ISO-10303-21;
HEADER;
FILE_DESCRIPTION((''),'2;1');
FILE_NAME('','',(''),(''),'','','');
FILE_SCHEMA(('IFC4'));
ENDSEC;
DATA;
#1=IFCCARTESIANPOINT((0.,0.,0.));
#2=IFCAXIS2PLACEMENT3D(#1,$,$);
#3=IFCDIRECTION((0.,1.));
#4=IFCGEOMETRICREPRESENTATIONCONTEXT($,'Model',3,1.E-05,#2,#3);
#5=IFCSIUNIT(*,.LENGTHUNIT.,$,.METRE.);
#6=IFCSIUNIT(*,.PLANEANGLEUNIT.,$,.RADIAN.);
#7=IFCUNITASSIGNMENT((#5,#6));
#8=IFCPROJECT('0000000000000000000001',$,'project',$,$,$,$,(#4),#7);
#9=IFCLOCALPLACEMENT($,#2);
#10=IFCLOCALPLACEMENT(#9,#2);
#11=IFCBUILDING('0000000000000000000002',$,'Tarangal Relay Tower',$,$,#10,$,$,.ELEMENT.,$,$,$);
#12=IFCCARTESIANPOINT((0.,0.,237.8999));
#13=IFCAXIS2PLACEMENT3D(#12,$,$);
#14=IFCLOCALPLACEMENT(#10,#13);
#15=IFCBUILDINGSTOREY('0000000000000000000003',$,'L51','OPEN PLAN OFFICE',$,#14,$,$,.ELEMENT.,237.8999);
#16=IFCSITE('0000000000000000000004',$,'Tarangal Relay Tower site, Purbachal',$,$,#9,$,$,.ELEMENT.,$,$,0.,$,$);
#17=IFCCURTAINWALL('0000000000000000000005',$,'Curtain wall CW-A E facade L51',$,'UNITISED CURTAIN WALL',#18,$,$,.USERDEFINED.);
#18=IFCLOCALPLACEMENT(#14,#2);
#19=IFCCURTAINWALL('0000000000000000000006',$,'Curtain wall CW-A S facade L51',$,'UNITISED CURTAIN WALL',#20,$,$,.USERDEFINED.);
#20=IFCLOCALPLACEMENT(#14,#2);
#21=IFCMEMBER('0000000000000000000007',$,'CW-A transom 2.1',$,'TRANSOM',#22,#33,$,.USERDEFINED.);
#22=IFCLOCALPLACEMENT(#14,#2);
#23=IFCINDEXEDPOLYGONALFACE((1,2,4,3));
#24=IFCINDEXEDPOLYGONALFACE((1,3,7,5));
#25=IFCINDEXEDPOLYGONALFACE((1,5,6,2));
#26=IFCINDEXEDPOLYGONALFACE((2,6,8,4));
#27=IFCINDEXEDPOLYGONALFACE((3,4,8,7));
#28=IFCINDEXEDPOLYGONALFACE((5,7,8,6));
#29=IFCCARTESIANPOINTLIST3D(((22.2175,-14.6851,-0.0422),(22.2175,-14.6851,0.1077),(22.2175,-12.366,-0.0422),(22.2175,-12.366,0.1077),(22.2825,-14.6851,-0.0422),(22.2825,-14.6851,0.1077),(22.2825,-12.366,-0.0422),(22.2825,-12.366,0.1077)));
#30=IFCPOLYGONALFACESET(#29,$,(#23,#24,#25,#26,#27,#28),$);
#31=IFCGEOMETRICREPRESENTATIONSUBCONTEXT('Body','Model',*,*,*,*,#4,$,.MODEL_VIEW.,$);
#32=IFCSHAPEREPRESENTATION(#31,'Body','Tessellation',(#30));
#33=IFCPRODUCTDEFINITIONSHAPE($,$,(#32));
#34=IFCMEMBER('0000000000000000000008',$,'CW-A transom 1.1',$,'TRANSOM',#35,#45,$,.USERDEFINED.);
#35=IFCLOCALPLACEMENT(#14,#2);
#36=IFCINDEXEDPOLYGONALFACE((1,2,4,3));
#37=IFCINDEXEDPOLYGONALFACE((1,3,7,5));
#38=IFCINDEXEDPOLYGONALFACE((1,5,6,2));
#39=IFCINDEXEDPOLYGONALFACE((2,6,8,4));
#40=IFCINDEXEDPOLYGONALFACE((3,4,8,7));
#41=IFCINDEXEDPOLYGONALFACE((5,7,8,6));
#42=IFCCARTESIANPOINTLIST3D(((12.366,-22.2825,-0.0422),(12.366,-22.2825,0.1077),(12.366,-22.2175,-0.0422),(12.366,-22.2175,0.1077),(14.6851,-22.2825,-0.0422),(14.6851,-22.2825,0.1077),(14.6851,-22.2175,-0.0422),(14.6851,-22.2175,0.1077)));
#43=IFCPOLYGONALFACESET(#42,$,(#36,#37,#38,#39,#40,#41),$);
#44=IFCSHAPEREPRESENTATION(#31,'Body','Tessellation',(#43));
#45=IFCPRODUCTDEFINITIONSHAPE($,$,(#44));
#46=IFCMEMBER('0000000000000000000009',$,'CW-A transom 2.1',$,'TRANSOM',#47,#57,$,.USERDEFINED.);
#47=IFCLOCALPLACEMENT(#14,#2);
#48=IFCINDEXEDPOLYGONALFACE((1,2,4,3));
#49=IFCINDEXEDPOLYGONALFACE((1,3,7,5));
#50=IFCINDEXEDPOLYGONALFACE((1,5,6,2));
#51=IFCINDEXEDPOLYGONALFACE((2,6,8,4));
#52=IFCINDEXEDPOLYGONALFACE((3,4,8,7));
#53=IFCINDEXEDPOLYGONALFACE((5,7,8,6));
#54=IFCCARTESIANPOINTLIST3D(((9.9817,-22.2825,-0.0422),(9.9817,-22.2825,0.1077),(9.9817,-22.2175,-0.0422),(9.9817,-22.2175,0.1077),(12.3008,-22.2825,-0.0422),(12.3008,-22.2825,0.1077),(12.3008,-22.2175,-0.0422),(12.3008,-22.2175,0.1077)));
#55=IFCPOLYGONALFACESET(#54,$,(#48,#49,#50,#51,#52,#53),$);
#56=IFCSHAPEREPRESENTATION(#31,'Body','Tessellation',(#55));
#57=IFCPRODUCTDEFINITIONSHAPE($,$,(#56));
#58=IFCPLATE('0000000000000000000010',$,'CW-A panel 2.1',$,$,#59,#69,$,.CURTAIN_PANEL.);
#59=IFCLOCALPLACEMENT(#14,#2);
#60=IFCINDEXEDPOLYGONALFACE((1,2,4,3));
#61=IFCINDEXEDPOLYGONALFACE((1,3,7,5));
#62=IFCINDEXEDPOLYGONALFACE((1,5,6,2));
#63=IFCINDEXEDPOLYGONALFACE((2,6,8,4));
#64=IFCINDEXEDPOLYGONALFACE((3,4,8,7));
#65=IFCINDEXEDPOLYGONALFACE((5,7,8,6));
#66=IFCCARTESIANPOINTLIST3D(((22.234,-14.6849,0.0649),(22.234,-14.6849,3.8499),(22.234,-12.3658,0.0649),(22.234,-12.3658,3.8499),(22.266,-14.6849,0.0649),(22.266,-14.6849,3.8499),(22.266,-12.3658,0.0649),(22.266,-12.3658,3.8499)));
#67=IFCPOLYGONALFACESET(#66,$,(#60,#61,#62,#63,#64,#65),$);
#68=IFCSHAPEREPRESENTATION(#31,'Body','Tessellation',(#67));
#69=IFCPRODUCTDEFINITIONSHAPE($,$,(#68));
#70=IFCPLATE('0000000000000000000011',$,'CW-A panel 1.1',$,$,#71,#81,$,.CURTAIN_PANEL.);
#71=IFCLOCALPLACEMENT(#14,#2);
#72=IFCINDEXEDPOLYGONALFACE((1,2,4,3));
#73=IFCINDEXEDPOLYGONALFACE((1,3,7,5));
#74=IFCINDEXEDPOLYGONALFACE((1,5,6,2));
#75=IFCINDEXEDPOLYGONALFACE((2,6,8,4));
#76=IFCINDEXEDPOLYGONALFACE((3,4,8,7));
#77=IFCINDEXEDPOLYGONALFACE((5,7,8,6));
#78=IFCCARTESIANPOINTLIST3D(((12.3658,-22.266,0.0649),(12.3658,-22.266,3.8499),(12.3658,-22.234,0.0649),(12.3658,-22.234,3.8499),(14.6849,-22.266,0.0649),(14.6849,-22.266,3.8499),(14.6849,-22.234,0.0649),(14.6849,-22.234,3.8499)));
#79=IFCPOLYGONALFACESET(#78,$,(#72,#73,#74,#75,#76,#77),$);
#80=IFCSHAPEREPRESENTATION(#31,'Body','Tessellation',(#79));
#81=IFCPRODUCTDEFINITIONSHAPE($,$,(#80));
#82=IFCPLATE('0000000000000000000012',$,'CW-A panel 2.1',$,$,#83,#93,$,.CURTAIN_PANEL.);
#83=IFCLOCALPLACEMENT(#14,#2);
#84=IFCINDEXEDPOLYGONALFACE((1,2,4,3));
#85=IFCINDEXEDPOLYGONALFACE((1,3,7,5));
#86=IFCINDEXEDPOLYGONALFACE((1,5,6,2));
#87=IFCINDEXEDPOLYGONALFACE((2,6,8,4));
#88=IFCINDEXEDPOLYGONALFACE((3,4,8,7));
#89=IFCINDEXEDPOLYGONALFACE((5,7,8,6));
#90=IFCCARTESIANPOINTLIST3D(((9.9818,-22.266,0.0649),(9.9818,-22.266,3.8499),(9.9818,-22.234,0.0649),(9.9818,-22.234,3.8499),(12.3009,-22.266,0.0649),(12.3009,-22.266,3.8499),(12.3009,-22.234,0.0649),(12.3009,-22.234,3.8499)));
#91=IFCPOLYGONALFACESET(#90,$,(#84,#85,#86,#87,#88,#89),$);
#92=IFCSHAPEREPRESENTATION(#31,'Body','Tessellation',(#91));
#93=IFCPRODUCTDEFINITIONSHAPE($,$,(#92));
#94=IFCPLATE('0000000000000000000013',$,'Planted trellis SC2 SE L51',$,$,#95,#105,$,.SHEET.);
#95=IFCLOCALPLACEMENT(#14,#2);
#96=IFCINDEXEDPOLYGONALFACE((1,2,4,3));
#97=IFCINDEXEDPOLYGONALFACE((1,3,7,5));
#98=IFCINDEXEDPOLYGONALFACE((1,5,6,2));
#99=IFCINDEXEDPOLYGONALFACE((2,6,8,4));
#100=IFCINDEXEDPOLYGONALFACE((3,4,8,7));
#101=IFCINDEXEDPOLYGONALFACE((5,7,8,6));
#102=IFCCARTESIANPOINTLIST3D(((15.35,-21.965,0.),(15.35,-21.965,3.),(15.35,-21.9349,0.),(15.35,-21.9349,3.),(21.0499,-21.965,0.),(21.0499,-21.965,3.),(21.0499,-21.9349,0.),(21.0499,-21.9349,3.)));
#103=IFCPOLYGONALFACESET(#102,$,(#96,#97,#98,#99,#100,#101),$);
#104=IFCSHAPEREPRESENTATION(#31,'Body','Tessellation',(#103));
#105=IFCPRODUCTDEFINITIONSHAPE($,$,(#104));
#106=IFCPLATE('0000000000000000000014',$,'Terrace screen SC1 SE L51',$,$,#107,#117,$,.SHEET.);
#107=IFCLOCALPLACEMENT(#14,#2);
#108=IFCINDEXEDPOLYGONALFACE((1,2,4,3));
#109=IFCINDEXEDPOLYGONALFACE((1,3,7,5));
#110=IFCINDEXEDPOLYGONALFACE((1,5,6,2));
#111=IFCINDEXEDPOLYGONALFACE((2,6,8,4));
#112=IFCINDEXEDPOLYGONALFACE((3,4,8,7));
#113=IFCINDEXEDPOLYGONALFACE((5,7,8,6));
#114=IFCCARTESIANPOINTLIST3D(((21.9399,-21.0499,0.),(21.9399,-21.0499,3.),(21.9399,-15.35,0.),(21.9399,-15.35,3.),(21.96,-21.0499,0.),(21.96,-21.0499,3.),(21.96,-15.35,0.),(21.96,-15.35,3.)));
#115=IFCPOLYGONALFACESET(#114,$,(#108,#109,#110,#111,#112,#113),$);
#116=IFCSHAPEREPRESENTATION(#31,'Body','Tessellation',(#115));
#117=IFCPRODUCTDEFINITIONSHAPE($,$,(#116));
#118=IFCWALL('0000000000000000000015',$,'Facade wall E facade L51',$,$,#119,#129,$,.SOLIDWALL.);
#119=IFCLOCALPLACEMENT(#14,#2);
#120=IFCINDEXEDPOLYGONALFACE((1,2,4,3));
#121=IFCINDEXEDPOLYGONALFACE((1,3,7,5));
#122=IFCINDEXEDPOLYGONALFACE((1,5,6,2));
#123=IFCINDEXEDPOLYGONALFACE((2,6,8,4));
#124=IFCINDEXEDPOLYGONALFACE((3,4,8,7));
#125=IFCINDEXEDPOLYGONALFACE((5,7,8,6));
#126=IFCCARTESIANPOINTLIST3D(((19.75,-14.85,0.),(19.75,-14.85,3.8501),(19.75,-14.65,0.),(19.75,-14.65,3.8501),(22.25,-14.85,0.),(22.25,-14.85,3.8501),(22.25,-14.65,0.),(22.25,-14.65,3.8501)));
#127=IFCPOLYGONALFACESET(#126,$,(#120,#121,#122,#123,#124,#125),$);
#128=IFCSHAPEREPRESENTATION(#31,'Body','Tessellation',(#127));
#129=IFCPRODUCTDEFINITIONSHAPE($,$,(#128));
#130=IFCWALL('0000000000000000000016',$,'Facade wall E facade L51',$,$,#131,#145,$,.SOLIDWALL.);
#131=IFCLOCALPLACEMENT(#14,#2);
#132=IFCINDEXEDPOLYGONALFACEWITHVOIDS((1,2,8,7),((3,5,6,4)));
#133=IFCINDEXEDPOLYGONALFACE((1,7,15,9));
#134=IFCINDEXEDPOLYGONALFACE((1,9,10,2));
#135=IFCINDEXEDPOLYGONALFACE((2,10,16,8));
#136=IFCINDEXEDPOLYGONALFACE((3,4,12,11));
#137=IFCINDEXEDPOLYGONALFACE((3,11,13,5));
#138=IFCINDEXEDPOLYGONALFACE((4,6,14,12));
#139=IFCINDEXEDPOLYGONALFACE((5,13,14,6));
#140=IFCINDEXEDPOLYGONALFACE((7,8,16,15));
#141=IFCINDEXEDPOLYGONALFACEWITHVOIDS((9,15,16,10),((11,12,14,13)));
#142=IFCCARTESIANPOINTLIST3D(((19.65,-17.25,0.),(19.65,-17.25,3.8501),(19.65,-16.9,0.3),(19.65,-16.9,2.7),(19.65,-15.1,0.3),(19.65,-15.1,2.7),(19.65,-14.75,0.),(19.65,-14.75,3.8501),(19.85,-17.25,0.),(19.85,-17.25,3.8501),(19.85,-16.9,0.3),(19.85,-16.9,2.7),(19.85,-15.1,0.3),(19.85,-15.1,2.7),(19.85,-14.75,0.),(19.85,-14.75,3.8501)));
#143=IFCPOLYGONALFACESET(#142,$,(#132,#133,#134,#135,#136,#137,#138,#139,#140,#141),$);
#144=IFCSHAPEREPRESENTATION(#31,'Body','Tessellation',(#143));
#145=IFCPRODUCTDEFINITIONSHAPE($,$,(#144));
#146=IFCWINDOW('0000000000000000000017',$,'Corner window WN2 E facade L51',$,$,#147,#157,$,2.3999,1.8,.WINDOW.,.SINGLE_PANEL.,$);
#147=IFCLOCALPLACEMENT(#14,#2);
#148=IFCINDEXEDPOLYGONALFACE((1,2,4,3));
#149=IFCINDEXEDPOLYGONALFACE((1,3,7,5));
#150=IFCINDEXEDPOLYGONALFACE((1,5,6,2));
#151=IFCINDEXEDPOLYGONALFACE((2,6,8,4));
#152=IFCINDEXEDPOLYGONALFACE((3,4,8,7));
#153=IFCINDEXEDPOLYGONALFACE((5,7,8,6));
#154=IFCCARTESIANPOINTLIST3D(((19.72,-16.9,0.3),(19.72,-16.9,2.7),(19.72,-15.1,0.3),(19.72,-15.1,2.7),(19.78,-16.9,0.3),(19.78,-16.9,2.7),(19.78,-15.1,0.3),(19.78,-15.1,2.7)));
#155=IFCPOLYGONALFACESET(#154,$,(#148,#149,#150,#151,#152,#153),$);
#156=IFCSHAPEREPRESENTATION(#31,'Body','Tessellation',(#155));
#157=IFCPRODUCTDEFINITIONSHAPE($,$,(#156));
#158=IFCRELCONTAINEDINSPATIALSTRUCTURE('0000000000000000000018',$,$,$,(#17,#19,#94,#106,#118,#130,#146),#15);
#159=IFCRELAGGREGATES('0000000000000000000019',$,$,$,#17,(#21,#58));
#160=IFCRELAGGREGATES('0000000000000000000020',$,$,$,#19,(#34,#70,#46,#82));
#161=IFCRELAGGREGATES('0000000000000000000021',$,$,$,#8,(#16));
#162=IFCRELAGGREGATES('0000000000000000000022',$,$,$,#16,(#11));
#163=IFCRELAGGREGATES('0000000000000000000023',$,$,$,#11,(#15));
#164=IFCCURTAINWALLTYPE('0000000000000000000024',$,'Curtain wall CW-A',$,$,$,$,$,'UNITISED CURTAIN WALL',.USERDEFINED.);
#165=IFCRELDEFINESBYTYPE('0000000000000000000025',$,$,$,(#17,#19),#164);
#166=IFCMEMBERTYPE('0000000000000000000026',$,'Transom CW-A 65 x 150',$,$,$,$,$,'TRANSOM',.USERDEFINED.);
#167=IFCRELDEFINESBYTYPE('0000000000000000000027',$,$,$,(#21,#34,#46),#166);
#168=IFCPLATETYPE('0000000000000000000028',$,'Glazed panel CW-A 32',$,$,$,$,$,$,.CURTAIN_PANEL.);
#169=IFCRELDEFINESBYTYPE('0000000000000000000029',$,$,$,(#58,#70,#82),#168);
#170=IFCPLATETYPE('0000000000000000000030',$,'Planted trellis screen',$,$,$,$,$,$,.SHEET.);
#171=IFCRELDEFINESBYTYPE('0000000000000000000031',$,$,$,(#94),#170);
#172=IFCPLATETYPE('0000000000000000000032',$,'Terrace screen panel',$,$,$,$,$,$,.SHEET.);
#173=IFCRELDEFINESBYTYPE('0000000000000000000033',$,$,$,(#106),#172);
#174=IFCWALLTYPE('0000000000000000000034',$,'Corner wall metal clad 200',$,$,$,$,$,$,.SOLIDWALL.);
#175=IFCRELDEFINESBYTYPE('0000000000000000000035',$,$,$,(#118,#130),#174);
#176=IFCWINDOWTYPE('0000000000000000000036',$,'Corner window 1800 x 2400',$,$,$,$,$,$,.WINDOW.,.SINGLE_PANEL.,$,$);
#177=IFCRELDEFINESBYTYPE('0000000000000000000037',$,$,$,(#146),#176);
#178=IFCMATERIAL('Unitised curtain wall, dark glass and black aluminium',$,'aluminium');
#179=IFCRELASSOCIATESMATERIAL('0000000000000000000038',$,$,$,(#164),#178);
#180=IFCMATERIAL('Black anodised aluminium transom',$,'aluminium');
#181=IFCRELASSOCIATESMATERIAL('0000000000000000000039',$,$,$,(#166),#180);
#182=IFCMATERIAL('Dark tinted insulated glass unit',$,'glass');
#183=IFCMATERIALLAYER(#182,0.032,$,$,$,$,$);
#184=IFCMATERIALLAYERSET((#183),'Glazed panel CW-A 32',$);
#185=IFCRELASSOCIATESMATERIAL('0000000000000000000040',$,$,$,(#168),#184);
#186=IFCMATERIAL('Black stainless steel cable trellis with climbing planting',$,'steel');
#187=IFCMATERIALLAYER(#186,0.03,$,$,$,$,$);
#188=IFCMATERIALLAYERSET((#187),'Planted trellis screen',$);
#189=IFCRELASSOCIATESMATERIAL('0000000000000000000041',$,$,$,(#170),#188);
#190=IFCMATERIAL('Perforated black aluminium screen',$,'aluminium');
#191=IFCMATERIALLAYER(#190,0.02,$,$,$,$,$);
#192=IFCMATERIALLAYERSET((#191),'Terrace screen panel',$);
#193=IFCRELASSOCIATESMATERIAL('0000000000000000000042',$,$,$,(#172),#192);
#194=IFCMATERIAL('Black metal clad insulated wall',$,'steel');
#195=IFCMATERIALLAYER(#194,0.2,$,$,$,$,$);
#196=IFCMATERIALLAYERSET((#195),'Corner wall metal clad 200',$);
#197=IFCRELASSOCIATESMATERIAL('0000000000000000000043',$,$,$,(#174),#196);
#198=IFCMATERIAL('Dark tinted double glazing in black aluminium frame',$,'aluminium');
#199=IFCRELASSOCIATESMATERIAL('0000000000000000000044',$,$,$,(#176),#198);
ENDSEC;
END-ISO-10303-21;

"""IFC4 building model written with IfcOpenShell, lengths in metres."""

from ifc_helpers import new_model, si_unit, direction, frame, frame_2d, origin, origin_2d, place, context, subcontext, project, spatial, rectangle, extrude, material, layer, layer_set, material_profile, profile_set, type_object, element, fill, aggregate, save


model = new_model("IFC4")

# Units and contexts
model_context = context("Model", 3, precision=1e-05, world=origin(), true_north=direction((0.0, 1.0)))
body_context = subcontext(model_context, "Body", "Model", "MODEL_VIEW")
ifc_project = project(units=[si_unit("LENGTHUNIT", "METRE"), si_unit("PLANEANGLEUNIT", "RADIAN")], contexts=[model_context])

# Site, building, storey
site_placement = place(None, origin())
site = spatial("IfcSite", under=ifc_project, at=site_placement, Name="Tarangal Relay Tower site, Purbachal", CompositionType="ELEMENT", RefElevation=0.0)
building_placement = place(site_placement, origin())
building = spatial("IfcBuilding", under=site, at=building_placement, Name="Tarangal Relay Tower", CompositionType="ELEMENT")
storey_placement = place(building_placement, frame((0.0, 0.0, 237.8999)))
storey = spatial("IfcBuildingStorey", under=building, at=storey_placement, Name="L51", Description="OPEN PLAN OFFICE", CompositionType="ELEMENT", Elevation=237.8999)

# Curtain walls
ifc_material_1 = material(Name="Unitised curtain wall, dark glass and black aluminium", Category="aluminium")
curtain_wall_type = type_object("IfcCurtainWallType", Name="Curtain wall CW-A", ElementType="UNITISED CURTAIN WALL", PredefinedType="USERDEFINED", material=ifc_material_1)
curtain_wall_1_placement = place(storey_placement, origin())
curtain_wall_1 = element("IfcCurtainWall", 1, at=curtain_wall_1_placement, inside=storey, type_object=curtain_wall_type, Name="Curtain wall CW-A E facade L51", ObjectType="UNITISED CURTAIN WALL", PredefinedType="USERDEFINED")
curtain_wall_2_placement = place(storey_placement, origin())
curtain_wall_2 = element("IfcCurtainWall", 2, at=curtain_wall_2_placement, inside=storey, type_object=curtain_wall_type, Name="Curtain wall CW-A S facade L51", ObjectType="UNITISED CURTAIN WALL", PredefinedType="USERDEFINED")

# Members
ifc_material_2 = material(Name="Black anodised aluminium transom", Category="aluminium")
ifc_material_profile_1 = material_profile(ifc_material_2, rectangle(XDim=0.0649, YDim=0.1499, at=origin_2d()), Name="CW-AT 65X150")
ifc_profile_set_1 = profile_set([ifc_material_profile_1], Name="Black anodised aluminium transom")
member_type_1 = type_object("IfcMemberType", Name="Transom CW-A 65 x 150", ElementType="TRANSOM", PredefinedType="USERDEFINED", material=ifc_profile_set_1)
member_1_placement = place(storey_placement, frame((22.25, -12.366, 0.0327), z_axis=(0.0, -1.0, 0.0), x_axis=(1.0, 0.0, 0.0)))
member_1 = element("IfcMember", 3, at=member_1_placement, type_object=member_type_1, Name="CW-A transom 2.1", ObjectType="TRANSOM", PredefinedType="USERDEFINED", context=body_context, shape_type="SweptSolid", body=[
    extrude(rectangle(XDim=0.0649, YDim=0.1499, at=origin_2d()), origin(), (0.0, 0.0, 1.0), 2.3191),
])
member_2_placement = place(storey_placement, frame((14.6851, -22.25, 0.0327), z_axis=(-1.0, 0.0, 0.0), x_axis=(0.0, -1.0, 0.0)))
member_2 = element("IfcMember", 4, at=member_2_placement, type_object=member_type_1, Name="CW-A transom 1.1", ObjectType="TRANSOM", PredefinedType="USERDEFINED", context=body_context, shape_type="SweptSolid", body=[
    extrude(rectangle(XDim=0.0649, YDim=0.1499, at=origin_2d()), origin(), (0.0, 0.0, 1.0), 2.3191),
])
member_3_placement = place(storey_placement, frame((12.3008, -22.25, 0.0327), z_axis=(-1.0, 0.0, 0.0), x_axis=(0.0, -1.0, 0.0)))
member_3 = element("IfcMember", 5, at=member_3_placement, type_object=member_type_1, Name="CW-A transom 2.1", ObjectType="TRANSOM", PredefinedType="USERDEFINED", context=body_context, shape_type="SweptSolid", body=[
    extrude(rectangle(XDim=0.0649, YDim=0.1499, at=origin_2d()), origin(), (0.0, 0.0, 1.0), 2.3191),
])

# Plates
ifc_material_3 = material(Name="Dark tinted insulated glass unit", Category="glass")
ifc_layer_1 = layer(ifc_material_3, 0.032)
ifc_layer_set_1 = layer_set([ifc_layer_1], Name="Glazed panel CW-A 32")
plate_type_1 = type_object("IfcPlateType", Name="Glazed panel CW-A 32", PredefinedType="CURTAIN_PANEL", material=ifc_layer_set_1)
plate_1_placement = place(storey_placement, frame((22.25, -13.5254, 0.0649), z_axis=(0.0, 0.0, 1.0), x_axis=(0.0, -1.0, 0.0)))
plate_1 = element("IfcPlate", 6, at=plate_1_placement, type_object=plate_type_1, Name="CW-A panel 2.1", PredefinedType="CURTAIN_PANEL", context=body_context, shape_type="SweptSolid", body=[
    extrude(rectangle(XDim=2.3191, YDim=0.032, at=origin_2d()), origin(), (0.0, 0.0, 1.0), 3.7849),
])
aggregate(curtain_wall_1, [member_1, plate_1])
plate_2_placement = place(storey_placement, frame((13.5254, -22.25, 0.0649), z_axis=(0.0, 0.0, 1.0), x_axis=(-1.0, 0.0, 0.0)))
plate_2 = element("IfcPlate", 7, at=plate_2_placement, type_object=plate_type_1, Name="CW-A panel 1.1", PredefinedType="CURTAIN_PANEL", context=body_context, shape_type="SweptSolid", body=[
    extrude(rectangle(XDim=2.3191, YDim=0.032, at=origin_2d()), origin(), (0.0, 0.0, 1.0), 3.7849),
])
plate_3_placement = place(storey_placement, frame((11.1414, -22.25, 0.0649), z_axis=(0.0, 0.0, 1.0), x_axis=(-1.0, 0.0, 0.0)))
plate_3 = element("IfcPlate", 8, at=plate_3_placement, type_object=plate_type_1, Name="CW-A panel 2.1", PredefinedType="CURTAIN_PANEL", context=body_context, shape_type="SweptSolid", body=[
    extrude(rectangle(XDim=2.3191, YDim=0.032, at=origin_2d()), origin(), (0.0, 0.0, 1.0), 3.7849),
])
aggregate(curtain_wall_2, [member_2, plate_2, member_3, plate_3])

# Plates
ifc_material_4 = material(Name="Black stainless steel cable trellis with climbing planting", Category="steel")
ifc_layer_2 = layer(ifc_material_4, 0.03)
ifc_layer_set_2 = layer_set([ifc_layer_2], Name="Planted trellis screen")
plate_type_2 = type_object("IfcPlateType", Name="Planted trellis screen", PredefinedType="SHEET", material=ifc_layer_set_2)
plate_4_placement = place(storey_placement, frame((18.2, -21.95, 0.0), z_axis=(0.0, 0.0, 1.0), x_axis=(-1.0, 0.0, 0.0)))
element("IfcPlate", 9, at=plate_4_placement, inside=storey, type_object=plate_type_2, Name="Planted trellis SC2 SE L51", PredefinedType="SHEET", context=body_context, shape_type="SweptSolid", body=[
    extrude(rectangle(XDim=5.7, YDim=0.03, at=origin_2d()), origin(), (0.0, 0.0, 1.0), 3.0),
])
ifc_material_5 = material(Name="Perforated black aluminium screen", Category="aluminium")
ifc_layer_3 = layer(ifc_material_5, 0.02)
ifc_layer_set_3 = layer_set([ifc_layer_3], Name="Terrace screen panel")
plate_type_3 = type_object("IfcPlateType", Name="Terrace screen panel", PredefinedType="SHEET", material=ifc_layer_set_3)
plate_5_placement = place(storey_placement, frame((21.95, -18.2, 0.0), z_axis=(0.0, 0.0, 1.0), x_axis=(0.0, -1.0, 0.0)))
element("IfcPlate", 10, at=plate_5_placement, inside=storey, type_object=plate_type_3, Name="Terrace screen SC1 SE L51", PredefinedType="SHEET", context=body_context, shape_type="SweptSolid", body=[
    extrude(rectangle(XDim=5.7, YDim=0.02, at=origin_2d()), origin(), (0.0, 0.0, 1.0), 3.0),
])

# Wall
ifc_material_6 = material(Name="Black metal clad insulated wall", Category="steel")
ifc_layer_4 = layer(ifc_material_6, 0.2)
ifc_layer_set_4 = layer_set([ifc_layer_4], Name="Corner wall metal clad 200")
wall_type_1 = type_object("IfcWallType", Name="Corner wall metal clad 200", PredefinedType="SOLIDWALL", material=ifc_layer_set_4)
wall_1_placement = place(storey_placement, frame((22.25, -14.75, 0.0), z_axis=(0.0, 0.0, 1.0), x_axis=(-1.0, 0.0, 0.0)))
element("IfcWall", 11, at=wall_1_placement, inside=storey, type_object=wall_type_1, Name="Facade wall E facade L51", PredefinedType="SOLIDWALL", context=body_context, shape_type="SweptSolid", body=[
    extrude(rectangle(XDim=2.5, YDim=0.2, at=frame_2d((1.25, 0.0))), origin(), (0.0, 0.0, 1.0), 3.8501),
])

# Wall, opening, window
wall_2_placement = place(storey_placement, frame((19.75, -14.75, 0.0), z_axis=(0.0, 0.0, 1.0), x_axis=(0.0, -1.0, 0.0)))
wall_2 = element("IfcWall", 12, at=wall_2_placement, inside=storey, type_object=wall_type_1, Name="Facade wall E facade L51", PredefinedType="SOLIDWALL", context=body_context, shape_type="SweptSolid", body=[
    extrude(rectangle(XDim=2.5, YDim=0.2, at=frame_2d((1.25, 0.0))), origin(), (0.0, 0.0, 1.0), 3.8501),
])
opening_1_placement = place(wall_2_placement, frame((0.3501, 0.0, 0.3)))
opening_1 = element("IfcOpeningElement", 13, at=opening_1_placement, cuts=wall_2, PredefinedType="OPENING", context=body_context, shape_type="SweptSolid", body=[
    extrude(rectangle(XDim=1.8, YDim=2.3999, at=frame_2d((0.8999, 1.2))), frame((0.0, 0.1099, 0.0), z_axis=(0.0, -1.0, 0.0), x_axis=(1.0, 0.0, 0.0)), (0.0, 0.0, 1.0), 0.22),
])
ifc_material_7 = material(Name="Dark tinted double glazing in black aluminium frame", Category="aluminium")
window_type = type_object("IfcWindowType", Name="Corner window 1800 x 2400", PartitioningType="SINGLE_PANEL", PredefinedType="WINDOW", material=ifc_material_7)
window_1_placement = place(opening_1_placement, origin())
window_1 = element("IfcWindow", 14, at=window_1_placement, inside=storey, type_object=window_type, Name="Corner window WN2 E facade L51", OverallHeight=2.3999, OverallWidth=1.8, PartitioningType="SINGLE_PANEL", PredefinedType="WINDOW", context=body_context, shape_type="SweptSolid", body=[
    extrude(rectangle(XDim=1.8, YDim=2.3999, at=frame_2d((0.8999, 1.2))), frame((0.0, 0.03, 0.0), z_axis=(0.0, -1.0, 0.0), x_axis=(1.0, 0.0, 0.0)), (0.0, 0.0, 1.0), 0.0601),
])
fill(opening_1, window_1)

save(model, "model.ifc")
